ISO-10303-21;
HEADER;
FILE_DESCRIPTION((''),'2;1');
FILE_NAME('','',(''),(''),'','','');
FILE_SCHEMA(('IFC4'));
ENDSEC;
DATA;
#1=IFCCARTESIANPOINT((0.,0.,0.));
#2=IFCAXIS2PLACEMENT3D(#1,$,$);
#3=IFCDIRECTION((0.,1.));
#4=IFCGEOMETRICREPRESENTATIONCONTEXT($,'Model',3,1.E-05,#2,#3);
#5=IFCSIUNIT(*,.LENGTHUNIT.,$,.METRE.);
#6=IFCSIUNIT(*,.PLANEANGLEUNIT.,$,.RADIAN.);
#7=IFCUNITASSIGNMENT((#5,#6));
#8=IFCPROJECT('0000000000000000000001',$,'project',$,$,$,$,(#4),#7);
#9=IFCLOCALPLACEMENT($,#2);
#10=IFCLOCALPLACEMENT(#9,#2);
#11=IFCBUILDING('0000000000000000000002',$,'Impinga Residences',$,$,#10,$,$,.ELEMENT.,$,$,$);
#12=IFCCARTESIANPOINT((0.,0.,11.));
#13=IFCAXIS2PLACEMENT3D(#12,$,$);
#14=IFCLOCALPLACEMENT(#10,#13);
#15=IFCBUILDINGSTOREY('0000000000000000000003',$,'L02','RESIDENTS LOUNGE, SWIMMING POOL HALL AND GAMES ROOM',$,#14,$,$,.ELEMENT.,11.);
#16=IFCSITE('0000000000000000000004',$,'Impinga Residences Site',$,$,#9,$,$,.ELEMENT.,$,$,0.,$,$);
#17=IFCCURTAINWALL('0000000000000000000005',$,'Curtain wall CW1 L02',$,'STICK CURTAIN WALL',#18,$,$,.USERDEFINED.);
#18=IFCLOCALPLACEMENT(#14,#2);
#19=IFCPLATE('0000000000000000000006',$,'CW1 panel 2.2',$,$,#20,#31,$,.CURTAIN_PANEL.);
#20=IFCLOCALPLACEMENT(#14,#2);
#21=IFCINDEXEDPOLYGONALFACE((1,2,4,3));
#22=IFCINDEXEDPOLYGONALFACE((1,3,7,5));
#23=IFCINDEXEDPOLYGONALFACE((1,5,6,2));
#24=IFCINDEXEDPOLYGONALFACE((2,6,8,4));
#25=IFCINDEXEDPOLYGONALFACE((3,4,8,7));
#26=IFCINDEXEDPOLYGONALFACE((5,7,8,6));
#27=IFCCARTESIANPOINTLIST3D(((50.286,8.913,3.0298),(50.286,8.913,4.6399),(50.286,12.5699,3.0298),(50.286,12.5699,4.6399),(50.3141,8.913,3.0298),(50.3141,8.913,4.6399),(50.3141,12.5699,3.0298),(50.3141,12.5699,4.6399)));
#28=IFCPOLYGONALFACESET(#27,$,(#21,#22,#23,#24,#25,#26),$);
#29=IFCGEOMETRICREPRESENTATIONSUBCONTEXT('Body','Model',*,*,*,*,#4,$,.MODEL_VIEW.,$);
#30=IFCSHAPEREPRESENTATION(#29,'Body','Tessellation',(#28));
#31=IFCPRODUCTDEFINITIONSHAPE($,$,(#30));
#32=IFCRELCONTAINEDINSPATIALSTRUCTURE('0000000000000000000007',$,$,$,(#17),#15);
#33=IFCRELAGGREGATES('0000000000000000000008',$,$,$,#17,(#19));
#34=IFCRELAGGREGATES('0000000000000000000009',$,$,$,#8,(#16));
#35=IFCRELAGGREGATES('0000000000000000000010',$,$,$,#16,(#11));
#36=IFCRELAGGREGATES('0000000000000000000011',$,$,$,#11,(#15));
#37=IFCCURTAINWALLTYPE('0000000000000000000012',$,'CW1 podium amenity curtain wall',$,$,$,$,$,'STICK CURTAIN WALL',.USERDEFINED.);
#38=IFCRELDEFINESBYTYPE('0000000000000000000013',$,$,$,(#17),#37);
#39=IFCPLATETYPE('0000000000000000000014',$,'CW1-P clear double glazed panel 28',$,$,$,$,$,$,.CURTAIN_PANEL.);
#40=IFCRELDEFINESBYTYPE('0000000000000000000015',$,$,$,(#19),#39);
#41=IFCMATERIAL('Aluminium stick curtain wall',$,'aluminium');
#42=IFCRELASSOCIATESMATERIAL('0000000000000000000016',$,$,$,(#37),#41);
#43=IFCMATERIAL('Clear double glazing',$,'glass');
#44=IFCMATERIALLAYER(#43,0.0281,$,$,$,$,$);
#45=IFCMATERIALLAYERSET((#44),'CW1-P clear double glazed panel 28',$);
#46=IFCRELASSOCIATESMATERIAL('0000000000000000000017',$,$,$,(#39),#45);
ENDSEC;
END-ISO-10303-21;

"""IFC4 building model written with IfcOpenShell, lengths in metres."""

from ifc_helpers import new_model, si_unit, direction, frame, origin, origin_2d, place, context, subcontext, project, spatial, rectangle, extrude, material, layer, layer_set, type_object, element, aggregate, save


model = new_model("IFC4")

# Units and contexts
model_context = context("Model", 3, precision=1e-05, world=origin(), true_north=direction((0.0, 1.0)))
body_context = subcontext(model_context, "Body", "Model", "MODEL_VIEW")
ifc_project = project(units=[si_unit("LENGTHUNIT", "METRE"), si_unit("PLANEANGLEUNIT", "RADIAN")], contexts=[model_context])

# Site, building, storey
site_placement = place(None, origin())
site = spatial("IfcSite", under=ifc_project, at=site_placement, Name="Impinga Residences Site", CompositionType="ELEMENT", RefElevation=0.0)
building_placement = place(site_placement, origin())
building = spatial("IfcBuilding", under=site, at=building_placement, Name="Impinga Residences", CompositionType="ELEMENT")
storey_placement = place(building_placement, frame((0.0, 0.0, 11.0)))
storey = spatial("IfcBuildingStorey", under=building, at=storey_placement, Name="L02", Description="RESIDENTS LOUNGE, SWIMMING POOL HALL AND GAMES ROOM", CompositionType="ELEMENT", Elevation=11.0)

# Curtain wall
ifc_material_1 = material(Name="Aluminium stick curtain wall", Category="aluminium")
curtain_wall_type = type_object("IfcCurtainWallType", Name="CW1 podium amenity curtain wall", ElementType="STICK CURTAIN WALL", PredefinedType="USERDEFINED", material=ifc_material_1)
curtain_wall_1_placement = place(storey_placement, origin())
curtain_wall_1 = element("IfcCurtainWall", 1, at=curtain_wall_1_placement, inside=storey, type_object=curtain_wall_type, Name="Curtain wall CW1 L02", ObjectType="STICK CURTAIN WALL", PredefinedType="USERDEFINED")

# Plate
ifc_material_2 = material(Name="Clear double glazing", Category="glass")
ifc_layer = layer(ifc_material_2, 0.0281)
ifc_layer_set = layer_set([ifc_layer], Name="CW1-P clear double glazed panel 28")
plate_type = type_object("IfcPlateType", Name="CW1-P clear double glazed panel 28", PredefinedType="CURTAIN_PANEL", material=ifc_layer_set)
plate_1_placement = place(storey_placement, frame((50.3, 10.7415, 3.0298), z_axis=(0.0, 0.0, 1.0), x_axis=(0.0, -1.0, 0.0)))
plate_1 = element("IfcPlate", 2, at=plate_1_placement, type_object=plate_type, Name="CW1 panel 2.2", PredefinedType="CURTAIN_PANEL", context=body_context, shape_type="SweptSolid", body=[
    extrude(rectangle(XDim=3.657, YDim=0.0281, at=origin_2d()), origin(), (0.0, 0.0, 1.0), 1.6101),
])
aggregate(curtain_wall_1, [plate_1])

save(model, "model.ifc")
